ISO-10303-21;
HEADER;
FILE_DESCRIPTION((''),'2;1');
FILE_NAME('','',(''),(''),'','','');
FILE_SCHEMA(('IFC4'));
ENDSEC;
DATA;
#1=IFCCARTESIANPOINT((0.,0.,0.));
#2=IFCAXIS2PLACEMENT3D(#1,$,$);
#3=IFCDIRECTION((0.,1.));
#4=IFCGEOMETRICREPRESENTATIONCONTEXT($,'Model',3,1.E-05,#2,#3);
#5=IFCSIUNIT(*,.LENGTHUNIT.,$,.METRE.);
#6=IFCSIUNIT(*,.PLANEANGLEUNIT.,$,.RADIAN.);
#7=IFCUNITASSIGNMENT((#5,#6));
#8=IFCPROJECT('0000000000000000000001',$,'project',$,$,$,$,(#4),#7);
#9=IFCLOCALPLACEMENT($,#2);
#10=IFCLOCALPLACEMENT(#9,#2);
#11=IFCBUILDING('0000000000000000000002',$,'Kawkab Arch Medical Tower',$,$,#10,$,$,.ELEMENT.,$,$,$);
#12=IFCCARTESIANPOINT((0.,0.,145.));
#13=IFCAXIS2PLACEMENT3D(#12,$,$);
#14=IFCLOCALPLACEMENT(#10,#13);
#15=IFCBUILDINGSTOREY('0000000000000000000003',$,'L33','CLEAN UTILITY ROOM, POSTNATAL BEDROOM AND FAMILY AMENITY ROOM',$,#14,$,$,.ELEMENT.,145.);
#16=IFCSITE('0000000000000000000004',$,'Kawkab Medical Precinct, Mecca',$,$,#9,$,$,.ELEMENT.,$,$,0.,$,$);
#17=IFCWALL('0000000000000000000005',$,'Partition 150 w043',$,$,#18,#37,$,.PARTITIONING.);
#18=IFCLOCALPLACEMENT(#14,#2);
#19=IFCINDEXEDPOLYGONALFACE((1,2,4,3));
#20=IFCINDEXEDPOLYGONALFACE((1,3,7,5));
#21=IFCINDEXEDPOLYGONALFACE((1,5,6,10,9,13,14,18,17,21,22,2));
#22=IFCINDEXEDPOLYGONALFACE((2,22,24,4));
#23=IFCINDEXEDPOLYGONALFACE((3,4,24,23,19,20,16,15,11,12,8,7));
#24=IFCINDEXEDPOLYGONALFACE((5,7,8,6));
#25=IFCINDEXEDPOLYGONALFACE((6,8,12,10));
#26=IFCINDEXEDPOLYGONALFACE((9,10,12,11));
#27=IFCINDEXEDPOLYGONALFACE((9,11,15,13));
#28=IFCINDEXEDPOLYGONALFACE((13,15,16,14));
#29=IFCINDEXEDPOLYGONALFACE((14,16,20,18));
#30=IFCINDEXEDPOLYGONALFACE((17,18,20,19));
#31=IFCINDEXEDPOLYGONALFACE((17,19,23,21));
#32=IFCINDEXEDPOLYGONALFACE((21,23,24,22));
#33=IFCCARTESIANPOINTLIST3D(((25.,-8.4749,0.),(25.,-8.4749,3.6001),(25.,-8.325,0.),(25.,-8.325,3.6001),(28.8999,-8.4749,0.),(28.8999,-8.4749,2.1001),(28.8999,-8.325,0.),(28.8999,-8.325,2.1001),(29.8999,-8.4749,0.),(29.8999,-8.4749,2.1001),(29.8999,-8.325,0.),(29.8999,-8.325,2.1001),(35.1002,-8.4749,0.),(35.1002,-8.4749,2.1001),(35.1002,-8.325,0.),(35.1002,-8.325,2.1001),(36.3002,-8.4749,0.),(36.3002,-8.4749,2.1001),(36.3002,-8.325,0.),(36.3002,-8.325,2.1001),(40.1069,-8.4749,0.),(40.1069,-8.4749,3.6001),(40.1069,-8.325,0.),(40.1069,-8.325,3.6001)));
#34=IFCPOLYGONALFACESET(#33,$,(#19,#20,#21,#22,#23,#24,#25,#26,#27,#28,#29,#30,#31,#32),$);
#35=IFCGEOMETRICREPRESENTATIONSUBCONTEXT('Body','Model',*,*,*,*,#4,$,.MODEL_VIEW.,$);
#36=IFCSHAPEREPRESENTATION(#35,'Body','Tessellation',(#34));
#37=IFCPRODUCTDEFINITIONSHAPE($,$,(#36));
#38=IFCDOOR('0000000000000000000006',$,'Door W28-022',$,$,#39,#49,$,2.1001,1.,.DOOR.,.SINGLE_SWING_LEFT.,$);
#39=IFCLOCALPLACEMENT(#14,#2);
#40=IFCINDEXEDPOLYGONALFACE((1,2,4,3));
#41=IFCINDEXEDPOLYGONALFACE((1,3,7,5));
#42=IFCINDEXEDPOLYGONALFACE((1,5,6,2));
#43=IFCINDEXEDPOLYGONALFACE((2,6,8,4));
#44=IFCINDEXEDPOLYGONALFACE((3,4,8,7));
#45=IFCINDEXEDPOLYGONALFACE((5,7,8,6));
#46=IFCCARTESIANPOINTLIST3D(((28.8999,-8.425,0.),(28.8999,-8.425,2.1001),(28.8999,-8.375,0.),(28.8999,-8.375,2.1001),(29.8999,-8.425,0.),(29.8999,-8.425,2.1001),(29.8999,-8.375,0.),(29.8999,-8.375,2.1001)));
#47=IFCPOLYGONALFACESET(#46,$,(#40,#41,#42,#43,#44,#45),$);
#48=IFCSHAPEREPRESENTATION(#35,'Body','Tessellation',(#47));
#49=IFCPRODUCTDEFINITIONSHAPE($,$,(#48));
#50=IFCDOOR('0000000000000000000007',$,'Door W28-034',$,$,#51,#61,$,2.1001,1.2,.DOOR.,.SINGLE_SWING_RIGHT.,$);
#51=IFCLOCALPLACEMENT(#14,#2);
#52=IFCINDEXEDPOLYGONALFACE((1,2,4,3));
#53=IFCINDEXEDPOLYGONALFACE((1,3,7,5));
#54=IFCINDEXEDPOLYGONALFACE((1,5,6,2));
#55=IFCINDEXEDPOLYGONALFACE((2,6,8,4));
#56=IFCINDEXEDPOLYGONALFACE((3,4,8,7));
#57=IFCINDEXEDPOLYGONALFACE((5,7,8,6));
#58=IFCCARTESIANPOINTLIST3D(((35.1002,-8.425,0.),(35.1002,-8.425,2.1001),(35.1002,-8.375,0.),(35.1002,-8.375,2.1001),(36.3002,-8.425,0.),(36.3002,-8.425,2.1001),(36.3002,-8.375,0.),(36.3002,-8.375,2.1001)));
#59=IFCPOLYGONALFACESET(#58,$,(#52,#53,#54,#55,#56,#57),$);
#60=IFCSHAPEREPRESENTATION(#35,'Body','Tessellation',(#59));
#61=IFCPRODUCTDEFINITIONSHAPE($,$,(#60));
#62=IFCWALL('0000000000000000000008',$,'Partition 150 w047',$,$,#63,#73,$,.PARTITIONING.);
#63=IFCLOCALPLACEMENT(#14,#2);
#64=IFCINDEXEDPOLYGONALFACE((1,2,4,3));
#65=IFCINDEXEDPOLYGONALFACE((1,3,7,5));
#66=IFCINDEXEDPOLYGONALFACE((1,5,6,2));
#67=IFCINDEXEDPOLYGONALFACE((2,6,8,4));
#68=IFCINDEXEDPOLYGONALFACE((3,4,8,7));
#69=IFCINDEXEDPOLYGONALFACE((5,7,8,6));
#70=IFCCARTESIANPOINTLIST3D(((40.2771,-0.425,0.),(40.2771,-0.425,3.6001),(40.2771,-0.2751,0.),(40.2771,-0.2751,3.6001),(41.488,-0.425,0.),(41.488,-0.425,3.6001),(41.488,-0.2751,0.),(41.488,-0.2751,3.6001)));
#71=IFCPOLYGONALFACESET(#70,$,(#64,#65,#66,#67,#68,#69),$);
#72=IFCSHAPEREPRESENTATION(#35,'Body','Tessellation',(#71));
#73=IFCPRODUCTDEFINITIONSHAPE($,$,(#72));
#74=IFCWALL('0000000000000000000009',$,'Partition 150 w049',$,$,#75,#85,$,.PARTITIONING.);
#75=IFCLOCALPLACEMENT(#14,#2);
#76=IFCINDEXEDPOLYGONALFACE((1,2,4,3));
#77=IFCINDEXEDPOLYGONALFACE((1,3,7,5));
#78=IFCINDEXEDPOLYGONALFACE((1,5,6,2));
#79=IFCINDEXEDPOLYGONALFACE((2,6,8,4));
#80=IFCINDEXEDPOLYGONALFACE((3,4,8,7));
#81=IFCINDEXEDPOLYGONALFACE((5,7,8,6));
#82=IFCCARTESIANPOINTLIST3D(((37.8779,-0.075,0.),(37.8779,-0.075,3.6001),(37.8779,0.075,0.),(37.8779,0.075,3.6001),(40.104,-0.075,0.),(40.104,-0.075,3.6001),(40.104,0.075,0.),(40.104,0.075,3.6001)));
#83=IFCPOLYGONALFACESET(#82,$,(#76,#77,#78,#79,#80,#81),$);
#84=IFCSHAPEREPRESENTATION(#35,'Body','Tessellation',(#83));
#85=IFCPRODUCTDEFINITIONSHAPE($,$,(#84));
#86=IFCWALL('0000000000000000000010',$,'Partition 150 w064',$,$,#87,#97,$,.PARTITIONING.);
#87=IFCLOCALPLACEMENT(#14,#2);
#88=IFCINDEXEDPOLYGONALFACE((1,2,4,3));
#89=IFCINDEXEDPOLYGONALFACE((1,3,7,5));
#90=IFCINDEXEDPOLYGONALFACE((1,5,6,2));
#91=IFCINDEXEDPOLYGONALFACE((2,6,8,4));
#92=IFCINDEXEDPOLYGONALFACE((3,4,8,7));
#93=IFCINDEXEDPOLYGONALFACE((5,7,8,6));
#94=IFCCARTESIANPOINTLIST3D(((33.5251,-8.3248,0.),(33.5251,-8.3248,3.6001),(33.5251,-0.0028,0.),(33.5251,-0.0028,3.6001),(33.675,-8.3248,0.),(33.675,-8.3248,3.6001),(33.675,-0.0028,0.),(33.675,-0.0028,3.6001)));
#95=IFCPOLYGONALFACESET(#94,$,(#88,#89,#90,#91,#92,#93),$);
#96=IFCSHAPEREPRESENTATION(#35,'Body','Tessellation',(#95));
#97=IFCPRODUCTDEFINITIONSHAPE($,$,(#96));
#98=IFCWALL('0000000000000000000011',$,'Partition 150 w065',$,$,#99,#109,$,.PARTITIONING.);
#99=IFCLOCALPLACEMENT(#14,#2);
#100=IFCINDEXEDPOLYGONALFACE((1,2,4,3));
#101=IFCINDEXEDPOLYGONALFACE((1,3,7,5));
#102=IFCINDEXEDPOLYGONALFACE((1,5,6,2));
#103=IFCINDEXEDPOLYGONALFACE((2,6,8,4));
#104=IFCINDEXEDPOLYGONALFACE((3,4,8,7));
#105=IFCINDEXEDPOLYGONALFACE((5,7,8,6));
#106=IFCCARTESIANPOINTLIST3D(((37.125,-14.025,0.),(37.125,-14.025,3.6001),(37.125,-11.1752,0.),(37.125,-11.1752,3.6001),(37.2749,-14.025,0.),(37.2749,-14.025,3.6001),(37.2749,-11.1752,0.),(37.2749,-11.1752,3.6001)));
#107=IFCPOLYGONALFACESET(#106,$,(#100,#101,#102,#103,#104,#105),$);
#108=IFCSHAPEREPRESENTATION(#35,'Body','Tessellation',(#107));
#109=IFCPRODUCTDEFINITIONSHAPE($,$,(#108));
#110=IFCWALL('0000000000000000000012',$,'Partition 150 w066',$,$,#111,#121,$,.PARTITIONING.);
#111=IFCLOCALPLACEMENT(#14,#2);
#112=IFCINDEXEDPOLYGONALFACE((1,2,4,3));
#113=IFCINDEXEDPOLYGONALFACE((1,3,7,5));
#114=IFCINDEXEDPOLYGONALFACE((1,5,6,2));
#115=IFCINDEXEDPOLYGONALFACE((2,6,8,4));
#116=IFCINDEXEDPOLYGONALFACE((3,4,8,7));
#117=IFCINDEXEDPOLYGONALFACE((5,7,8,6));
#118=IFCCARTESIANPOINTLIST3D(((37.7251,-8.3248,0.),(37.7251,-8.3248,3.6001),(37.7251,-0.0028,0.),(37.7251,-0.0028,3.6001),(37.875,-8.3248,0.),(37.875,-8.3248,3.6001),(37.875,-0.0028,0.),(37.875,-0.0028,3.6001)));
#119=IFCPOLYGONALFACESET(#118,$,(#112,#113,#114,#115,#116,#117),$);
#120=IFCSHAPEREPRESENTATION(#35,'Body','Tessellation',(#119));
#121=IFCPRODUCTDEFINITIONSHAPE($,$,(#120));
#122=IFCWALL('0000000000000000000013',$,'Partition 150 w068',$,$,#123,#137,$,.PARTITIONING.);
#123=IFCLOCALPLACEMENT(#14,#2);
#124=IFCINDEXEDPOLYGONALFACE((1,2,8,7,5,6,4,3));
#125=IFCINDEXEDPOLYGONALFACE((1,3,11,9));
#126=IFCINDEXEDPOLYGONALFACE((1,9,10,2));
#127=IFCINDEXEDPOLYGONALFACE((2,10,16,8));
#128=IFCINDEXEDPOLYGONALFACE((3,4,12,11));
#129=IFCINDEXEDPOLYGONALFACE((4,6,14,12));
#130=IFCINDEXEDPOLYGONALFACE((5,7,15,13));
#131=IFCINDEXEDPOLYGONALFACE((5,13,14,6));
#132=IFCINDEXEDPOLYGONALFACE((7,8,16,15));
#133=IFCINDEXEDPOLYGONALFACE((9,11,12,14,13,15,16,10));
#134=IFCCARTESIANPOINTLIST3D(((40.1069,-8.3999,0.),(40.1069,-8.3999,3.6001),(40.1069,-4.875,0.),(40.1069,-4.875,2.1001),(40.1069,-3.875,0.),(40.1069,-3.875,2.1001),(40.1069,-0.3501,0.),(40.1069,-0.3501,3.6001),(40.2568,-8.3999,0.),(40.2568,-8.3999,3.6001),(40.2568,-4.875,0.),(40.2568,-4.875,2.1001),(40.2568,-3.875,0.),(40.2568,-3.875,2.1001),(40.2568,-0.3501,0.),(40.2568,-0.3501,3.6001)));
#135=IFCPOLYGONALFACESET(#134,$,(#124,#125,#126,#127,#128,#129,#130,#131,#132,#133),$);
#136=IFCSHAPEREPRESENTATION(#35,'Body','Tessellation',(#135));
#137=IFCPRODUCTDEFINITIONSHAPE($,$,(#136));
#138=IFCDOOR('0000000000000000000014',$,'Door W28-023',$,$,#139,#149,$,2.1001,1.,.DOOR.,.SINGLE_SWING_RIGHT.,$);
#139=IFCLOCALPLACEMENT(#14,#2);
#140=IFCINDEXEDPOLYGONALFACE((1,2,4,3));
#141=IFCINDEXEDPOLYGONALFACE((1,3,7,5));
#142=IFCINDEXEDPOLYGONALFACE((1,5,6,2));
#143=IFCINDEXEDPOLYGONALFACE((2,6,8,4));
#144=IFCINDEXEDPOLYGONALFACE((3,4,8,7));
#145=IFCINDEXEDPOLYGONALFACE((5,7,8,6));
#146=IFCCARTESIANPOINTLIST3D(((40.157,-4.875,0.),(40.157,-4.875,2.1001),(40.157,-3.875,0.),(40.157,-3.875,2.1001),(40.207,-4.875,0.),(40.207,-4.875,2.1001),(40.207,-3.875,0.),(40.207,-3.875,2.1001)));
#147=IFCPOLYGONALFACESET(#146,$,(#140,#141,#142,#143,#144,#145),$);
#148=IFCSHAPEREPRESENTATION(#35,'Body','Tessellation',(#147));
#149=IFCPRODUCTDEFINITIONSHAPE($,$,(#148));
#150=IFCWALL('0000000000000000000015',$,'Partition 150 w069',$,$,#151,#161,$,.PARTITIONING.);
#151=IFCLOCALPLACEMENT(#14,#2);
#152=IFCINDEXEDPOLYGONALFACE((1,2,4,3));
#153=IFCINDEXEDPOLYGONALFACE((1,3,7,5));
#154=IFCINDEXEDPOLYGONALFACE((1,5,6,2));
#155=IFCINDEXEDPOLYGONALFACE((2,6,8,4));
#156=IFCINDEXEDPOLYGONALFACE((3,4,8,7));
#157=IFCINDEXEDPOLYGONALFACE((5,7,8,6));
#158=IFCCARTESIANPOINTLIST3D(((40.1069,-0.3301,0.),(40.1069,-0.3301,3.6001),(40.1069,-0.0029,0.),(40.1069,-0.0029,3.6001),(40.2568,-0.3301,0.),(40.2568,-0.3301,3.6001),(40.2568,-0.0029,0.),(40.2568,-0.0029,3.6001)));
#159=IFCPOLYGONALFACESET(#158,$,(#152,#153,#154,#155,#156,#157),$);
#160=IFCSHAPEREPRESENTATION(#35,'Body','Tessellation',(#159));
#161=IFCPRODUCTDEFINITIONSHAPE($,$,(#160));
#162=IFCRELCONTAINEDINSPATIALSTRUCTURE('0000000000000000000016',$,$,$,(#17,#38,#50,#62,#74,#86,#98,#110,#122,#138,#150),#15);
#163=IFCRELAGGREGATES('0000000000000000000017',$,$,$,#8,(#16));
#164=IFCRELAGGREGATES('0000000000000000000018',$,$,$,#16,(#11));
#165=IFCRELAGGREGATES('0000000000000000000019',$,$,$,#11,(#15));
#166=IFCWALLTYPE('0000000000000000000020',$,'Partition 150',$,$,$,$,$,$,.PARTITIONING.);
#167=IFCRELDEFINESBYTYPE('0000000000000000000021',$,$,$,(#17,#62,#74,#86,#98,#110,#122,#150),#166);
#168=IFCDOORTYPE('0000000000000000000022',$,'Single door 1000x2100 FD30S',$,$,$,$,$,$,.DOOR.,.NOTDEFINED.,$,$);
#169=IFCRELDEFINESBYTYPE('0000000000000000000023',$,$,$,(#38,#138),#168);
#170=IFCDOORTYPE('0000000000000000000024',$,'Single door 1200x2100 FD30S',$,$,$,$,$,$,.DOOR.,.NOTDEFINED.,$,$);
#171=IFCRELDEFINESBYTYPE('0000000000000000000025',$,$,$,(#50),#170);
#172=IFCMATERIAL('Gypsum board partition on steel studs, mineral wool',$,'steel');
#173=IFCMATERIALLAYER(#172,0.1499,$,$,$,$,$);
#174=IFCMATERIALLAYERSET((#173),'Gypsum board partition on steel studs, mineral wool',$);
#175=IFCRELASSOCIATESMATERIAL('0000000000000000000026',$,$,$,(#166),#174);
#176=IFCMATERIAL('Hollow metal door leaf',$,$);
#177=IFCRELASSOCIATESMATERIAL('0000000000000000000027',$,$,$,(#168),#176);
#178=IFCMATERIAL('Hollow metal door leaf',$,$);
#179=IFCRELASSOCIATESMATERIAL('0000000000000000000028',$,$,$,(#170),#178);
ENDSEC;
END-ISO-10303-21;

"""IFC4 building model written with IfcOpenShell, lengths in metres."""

from ifc_helpers import new_model, si_unit, direction, frame, frame_2d, origin, place, context, subcontext, project, spatial, rectangle, extrude, material, layer, layer_set, type_object, element, fill, save


model = new_model("IFC4")

# Units and contexts
model_context = context("Model", 3, precision=1e-05, world=origin(), true_north=direction((0.0, 1.0)))
body_context = subcontext(model_context, "Body", "Model", "MODEL_VIEW")
ifc_project = project(units=[si_unit("LENGTHUNIT", "METRE"), si_unit("PLANEANGLEUNIT", "RADIAN")], contexts=[model_context])

# Site, building, storey
site_placement = place(None, origin())
site = spatial("IfcSite", under=ifc_project, at=site_placement, Name="Kawkab Medical Precinct, Mecca", CompositionType="ELEMENT", RefElevation=0.0)
building_placement = place(site_placement, origin())
building = spatial("IfcBuilding", under=site, at=building_placement, Name="Kawkab Arch Medical Tower", CompositionType="ELEMENT")
storey_placement = place(building_placement, frame((0.0, 0.0, 145.0)))
storey = spatial("IfcBuildingStorey", under=building, at=storey_placement, Name="L33", Description="CLEAN UTILITY ROOM, POSTNATAL BEDROOM AND FAMILY AMENITY ROOM", CompositionType="ELEMENT", Elevation=145.0)

# Wall, openings, doors
ifc_material_1 = material(Name="Gypsum board partition on steel studs, mineral wool", Category="steel")
ifc_layer = layer(ifc_material_1, 0.1499)
ifc_layer_set = layer_set([ifc_layer], Name="Gypsum board partition on steel studs, mineral wool")
wall_type = type_object("IfcWallType", Name="Partition 150", PredefinedType="PARTITIONING", material=ifc_layer_set)
ifc_material_2 = material(Name="Hollow metal door leaf")
door_type_1 = type_object("IfcDoorType", Name="Single door 1000x2100 FD30S", OperationType="NOTDEFINED", PredefinedType="DOOR", material=ifc_material_2)
ifc_material_3 = material(Name="Hollow metal door leaf")
door_type_2 = type_object("IfcDoorType", Name="Single door 1200x2100 FD30S", OperationType="NOTDEFINED", PredefinedType="DOOR", material=ifc_material_3)
wall_1_placement = place(storey_placement, frame((25.0, -8.3999, 0.0), z_axis=(0.0, 0.0, 1.0), x_axis=(1.0, 0.0, 0.0)))
wall_1 = element("IfcWall", 1, at=wall_1_placement, inside=storey, type_object=wall_type, Name="Partition 150 w043", PredefinedType="PARTITIONING", context=body_context, shape_type="SweptSolid", body=[
    extrude(rectangle(XDim=15.1069, YDim=0.1499, at=frame_2d((7.5535, 0.0))), origin(), (0.0, 0.0, 1.0), 3.6001),
])
opening_1_placement = place(wall_1_placement, frame((3.8999, 0.0, 0.0)))
opening_1 = element("IfcOpeningElement", 2, at=opening_1_placement, cuts=wall_1, PredefinedType="OPENING", context=body_context, shape_type="SweptSolid", body=[
    extrude(rectangle(XDim=1.0, YDim=2.1001, at=frame_2d((0.5, 1.05))), frame((0.0, 0.085, 0.0), z_axis=(0.0, -1.0, 0.0), x_axis=(1.0, 0.0, 0.0)), (0.0, 0.0, 1.0), 0.1699),
])
opening_2_placement = place(wall_1_placement, frame((10.1001, 0.0, 0.0)))
opening_2 = element("IfcOpeningElement", 3, at=opening_2_placement, cuts=wall_1, PredefinedType="OPENING", context=body_context, shape_type="SweptSolid", body=[
    extrude(rectangle(XDim=1.2, YDim=2.1001, at=frame_2d((0.6001, 1.05))), frame((0.0, 0.085, 0.0), z_axis=(0.0, -1.0, 0.0), x_axis=(1.0, 0.0, 0.0)), (0.0, 0.0, 1.0), 0.1699),
])
door_1_placement = place(opening_1_placement, origin())
door_1 = element("IfcDoor", 4, at=door_1_placement, inside=storey, type_object=door_type_1, Name="Door W28-022", OperationType="SINGLE_SWING_LEFT", OverallHeight=2.1001, OverallWidth=1.0, PredefinedType="DOOR", context=body_context, shape_type="SweptSolid", body=[
    extrude(rectangle(XDim=1.0, YDim=2.1001, at=frame_2d((0.5, 1.05))), frame((0.0, 0.0249, 0.0), z_axis=(0.0, -1.0, 0.0), x_axis=(1.0, 0.0, 0.0)), (0.0, 0.0, 1.0), 0.05),
])
fill(opening_1, door_1)
door_2_placement = place(opening_2_placement, origin())
door_2 = element("IfcDoor", 5, at=door_2_placement, inside=storey, type_object=door_type_2, Name="Door W28-034", OperationType="SINGLE_SWING_RIGHT", OverallHeight=2.1001, OverallWidth=1.2, PredefinedType="DOOR", context=body_context, shape_type="SweptSolid", body=[
    extrude(rectangle(XDim=1.2, YDim=2.1001, at=frame_2d((0.6001, 1.05))), frame((0.0, 0.0249, 0.0), z_axis=(0.0, -1.0, 0.0), x_axis=(1.0, 0.0, 0.0)), (0.0, 0.0, 1.0), 0.05),
])
fill(opening_2, door_2)

# Walls
wall_2_placement = place(storey_placement, frame((40.2771, -0.3501, 0.0), z_axis=(0.0, 0.0, 1.0), x_axis=(1.0, 0.0, 0.0)))
element("IfcWall", 6, at=wall_2_placement, inside=storey, type_object=wall_type, Name="Partition 150 w047", PredefinedType="PARTITIONING", context=body_context, shape_type="SweptSolid", body=[
    extrude(rectangle(XDim=1.2109, YDim=0.1499, at=frame_2d((0.6055, 0.0))), origin(), (0.0, 0.0, 1.0), 3.6001),
])
wall_3_placement = place(storey_placement, frame((37.8779, 0.0, 0.0), z_axis=(0.0, 0.0, 1.0), x_axis=(1.0, 0.0, 0.0)))
element("IfcWall", 7, at=wall_3_placement, inside=storey, type_object=wall_type, Name="Partition 150 w049", PredefinedType="PARTITIONING", context=body_context, shape_type="SweptSolid", body=[
    extrude(rectangle(XDim=2.2261, YDim=0.1499, at=frame_2d((1.113, 0.0))), origin(), (0.0, 0.0, 1.0), 3.6001),
])
wall_4_placement = place(storey_placement, frame((33.6001, -8.325, 0.0), z_axis=(0.0, 0.0, 1.0), x_axis=(0.0, 1.0, 0.0)))
element("IfcWall", 8, at=wall_4_placement, inside=storey, type_object=wall_type, Name="Partition 150 w064", PredefinedType="PARTITIONING", context=body_context, shape_type="SweptSolid", body=[
    extrude(rectangle(XDim=8.322, YDim=0.1499, at=frame_2d((4.1611, 0.0))), origin(), (0.0, 0.0, 1.0), 3.6001),
])
wall_5_placement = place(storey_placement, frame((37.2, -14.0249, 0.0), z_axis=(0.0, 0.0, 1.0), x_axis=(0.0, 1.0, 0.0)))
element("IfcWall", 9, at=wall_5_placement, inside=storey, type_object=wall_type, Name="Partition 150 w065", PredefinedType="PARTITIONING", context=body_context, shape_type="SweptSolid", body=[
    extrude(rectangle(XDim=2.8499, YDim=0.1499, at=frame_2d((1.4248, 0.0))), origin(), (0.0, 0.0, 1.0), 3.6001),
])
wall_6_placement = place(storey_placement, frame((37.8, -8.325, 0.0), z_axis=(0.0, 0.0, 1.0), x_axis=(0.0, 1.0, 0.0)))
element("IfcWall", 10, at=wall_6_placement, inside=storey, type_object=wall_type, Name="Partition 150 w066", PredefinedType="PARTITIONING", context=body_context, shape_type="SweptSolid", body=[
    extrude(rectangle(XDim=8.322, YDim=0.1499, at=frame_2d((4.1611, 0.0))), origin(), (0.0, 0.0, 1.0), 3.6001),
])

# Wall, opening, door
wall_7_placement = place(storey_placement, frame((40.1819, -8.3999, 0.0), z_axis=(0.0, 0.0, 1.0), x_axis=(0.0, 1.0, 0.0)))
wall_7 = element("IfcWall", 11, at=wall_7_placement, inside=storey, type_object=wall_type, Name="Partition 150 w068", PredefinedType="PARTITIONING", context=body_context, shape_type="SweptSolid", body=[
    extrude(rectangle(XDim=8.0498, YDim=0.1499, at=frame_2d((4.0249, 0.0))), origin(), (0.0, 0.0, 1.0), 3.6001),
])
opening_3_placement = place(wall_7_placement, frame((3.5249, 0.0, 0.0)))
opening_3 = element("IfcOpeningElement", 12, at=opening_3_placement, cuts=wall_7, PredefinedType="OPENING", context=body_context, shape_type="SweptSolid", body=[
    extrude(rectangle(XDim=1.0, YDim=2.1001, at=frame_2d((0.5, 1.05))), frame((0.0, 0.085, 0.0), z_axis=(0.0, -1.0, 0.0), x_axis=(1.0, 0.0, 0.0)), (0.0, 0.0, 1.0), 0.1699),
])
door_3_placement = place(opening_3_placement, origin())
door_3 = element("IfcDoor", 13, at=door_3_placement, inside=storey, type_object=door_type_1, Name="Door W28-023", OperationType="SINGLE_SWING_RIGHT", OverallHeight=2.1001, OverallWidth=1.0, PredefinedType="DOOR", context=body_context, shape_type="SweptSolid", body=[
    extrude(rectangle(XDim=1.0, YDim=2.1001, at=frame_2d((0.5, 1.05))), frame((0.0, 0.0249, 0.0), z_axis=(0.0, -1.0, 0.0), x_axis=(1.0, 0.0, 0.0)), (0.0, 0.0, 1.0), 0.05),
])
fill(opening_3, door_3)

# Wall
wall_8_placement = place(storey_placement, frame((40.1819, -0.3301, 0.0), z_axis=(0.0, 0.0, 1.0), x_axis=(0.0, 1.0, 0.0)))
element("IfcWall", 14, at=wall_8_placement, inside=storey, type_object=wall_type, Name="Partition 150 w069", PredefinedType="PARTITIONING", context=body_context, shape_type="SweptSolid", body=[
    extrude(rectangle(XDim=0.3271, YDim=0.1499, at=frame_2d((0.1636, 0.0))), origin(), (0.0, 0.0, 1.0), 3.6001),
])

save(model, "model.ifc")
